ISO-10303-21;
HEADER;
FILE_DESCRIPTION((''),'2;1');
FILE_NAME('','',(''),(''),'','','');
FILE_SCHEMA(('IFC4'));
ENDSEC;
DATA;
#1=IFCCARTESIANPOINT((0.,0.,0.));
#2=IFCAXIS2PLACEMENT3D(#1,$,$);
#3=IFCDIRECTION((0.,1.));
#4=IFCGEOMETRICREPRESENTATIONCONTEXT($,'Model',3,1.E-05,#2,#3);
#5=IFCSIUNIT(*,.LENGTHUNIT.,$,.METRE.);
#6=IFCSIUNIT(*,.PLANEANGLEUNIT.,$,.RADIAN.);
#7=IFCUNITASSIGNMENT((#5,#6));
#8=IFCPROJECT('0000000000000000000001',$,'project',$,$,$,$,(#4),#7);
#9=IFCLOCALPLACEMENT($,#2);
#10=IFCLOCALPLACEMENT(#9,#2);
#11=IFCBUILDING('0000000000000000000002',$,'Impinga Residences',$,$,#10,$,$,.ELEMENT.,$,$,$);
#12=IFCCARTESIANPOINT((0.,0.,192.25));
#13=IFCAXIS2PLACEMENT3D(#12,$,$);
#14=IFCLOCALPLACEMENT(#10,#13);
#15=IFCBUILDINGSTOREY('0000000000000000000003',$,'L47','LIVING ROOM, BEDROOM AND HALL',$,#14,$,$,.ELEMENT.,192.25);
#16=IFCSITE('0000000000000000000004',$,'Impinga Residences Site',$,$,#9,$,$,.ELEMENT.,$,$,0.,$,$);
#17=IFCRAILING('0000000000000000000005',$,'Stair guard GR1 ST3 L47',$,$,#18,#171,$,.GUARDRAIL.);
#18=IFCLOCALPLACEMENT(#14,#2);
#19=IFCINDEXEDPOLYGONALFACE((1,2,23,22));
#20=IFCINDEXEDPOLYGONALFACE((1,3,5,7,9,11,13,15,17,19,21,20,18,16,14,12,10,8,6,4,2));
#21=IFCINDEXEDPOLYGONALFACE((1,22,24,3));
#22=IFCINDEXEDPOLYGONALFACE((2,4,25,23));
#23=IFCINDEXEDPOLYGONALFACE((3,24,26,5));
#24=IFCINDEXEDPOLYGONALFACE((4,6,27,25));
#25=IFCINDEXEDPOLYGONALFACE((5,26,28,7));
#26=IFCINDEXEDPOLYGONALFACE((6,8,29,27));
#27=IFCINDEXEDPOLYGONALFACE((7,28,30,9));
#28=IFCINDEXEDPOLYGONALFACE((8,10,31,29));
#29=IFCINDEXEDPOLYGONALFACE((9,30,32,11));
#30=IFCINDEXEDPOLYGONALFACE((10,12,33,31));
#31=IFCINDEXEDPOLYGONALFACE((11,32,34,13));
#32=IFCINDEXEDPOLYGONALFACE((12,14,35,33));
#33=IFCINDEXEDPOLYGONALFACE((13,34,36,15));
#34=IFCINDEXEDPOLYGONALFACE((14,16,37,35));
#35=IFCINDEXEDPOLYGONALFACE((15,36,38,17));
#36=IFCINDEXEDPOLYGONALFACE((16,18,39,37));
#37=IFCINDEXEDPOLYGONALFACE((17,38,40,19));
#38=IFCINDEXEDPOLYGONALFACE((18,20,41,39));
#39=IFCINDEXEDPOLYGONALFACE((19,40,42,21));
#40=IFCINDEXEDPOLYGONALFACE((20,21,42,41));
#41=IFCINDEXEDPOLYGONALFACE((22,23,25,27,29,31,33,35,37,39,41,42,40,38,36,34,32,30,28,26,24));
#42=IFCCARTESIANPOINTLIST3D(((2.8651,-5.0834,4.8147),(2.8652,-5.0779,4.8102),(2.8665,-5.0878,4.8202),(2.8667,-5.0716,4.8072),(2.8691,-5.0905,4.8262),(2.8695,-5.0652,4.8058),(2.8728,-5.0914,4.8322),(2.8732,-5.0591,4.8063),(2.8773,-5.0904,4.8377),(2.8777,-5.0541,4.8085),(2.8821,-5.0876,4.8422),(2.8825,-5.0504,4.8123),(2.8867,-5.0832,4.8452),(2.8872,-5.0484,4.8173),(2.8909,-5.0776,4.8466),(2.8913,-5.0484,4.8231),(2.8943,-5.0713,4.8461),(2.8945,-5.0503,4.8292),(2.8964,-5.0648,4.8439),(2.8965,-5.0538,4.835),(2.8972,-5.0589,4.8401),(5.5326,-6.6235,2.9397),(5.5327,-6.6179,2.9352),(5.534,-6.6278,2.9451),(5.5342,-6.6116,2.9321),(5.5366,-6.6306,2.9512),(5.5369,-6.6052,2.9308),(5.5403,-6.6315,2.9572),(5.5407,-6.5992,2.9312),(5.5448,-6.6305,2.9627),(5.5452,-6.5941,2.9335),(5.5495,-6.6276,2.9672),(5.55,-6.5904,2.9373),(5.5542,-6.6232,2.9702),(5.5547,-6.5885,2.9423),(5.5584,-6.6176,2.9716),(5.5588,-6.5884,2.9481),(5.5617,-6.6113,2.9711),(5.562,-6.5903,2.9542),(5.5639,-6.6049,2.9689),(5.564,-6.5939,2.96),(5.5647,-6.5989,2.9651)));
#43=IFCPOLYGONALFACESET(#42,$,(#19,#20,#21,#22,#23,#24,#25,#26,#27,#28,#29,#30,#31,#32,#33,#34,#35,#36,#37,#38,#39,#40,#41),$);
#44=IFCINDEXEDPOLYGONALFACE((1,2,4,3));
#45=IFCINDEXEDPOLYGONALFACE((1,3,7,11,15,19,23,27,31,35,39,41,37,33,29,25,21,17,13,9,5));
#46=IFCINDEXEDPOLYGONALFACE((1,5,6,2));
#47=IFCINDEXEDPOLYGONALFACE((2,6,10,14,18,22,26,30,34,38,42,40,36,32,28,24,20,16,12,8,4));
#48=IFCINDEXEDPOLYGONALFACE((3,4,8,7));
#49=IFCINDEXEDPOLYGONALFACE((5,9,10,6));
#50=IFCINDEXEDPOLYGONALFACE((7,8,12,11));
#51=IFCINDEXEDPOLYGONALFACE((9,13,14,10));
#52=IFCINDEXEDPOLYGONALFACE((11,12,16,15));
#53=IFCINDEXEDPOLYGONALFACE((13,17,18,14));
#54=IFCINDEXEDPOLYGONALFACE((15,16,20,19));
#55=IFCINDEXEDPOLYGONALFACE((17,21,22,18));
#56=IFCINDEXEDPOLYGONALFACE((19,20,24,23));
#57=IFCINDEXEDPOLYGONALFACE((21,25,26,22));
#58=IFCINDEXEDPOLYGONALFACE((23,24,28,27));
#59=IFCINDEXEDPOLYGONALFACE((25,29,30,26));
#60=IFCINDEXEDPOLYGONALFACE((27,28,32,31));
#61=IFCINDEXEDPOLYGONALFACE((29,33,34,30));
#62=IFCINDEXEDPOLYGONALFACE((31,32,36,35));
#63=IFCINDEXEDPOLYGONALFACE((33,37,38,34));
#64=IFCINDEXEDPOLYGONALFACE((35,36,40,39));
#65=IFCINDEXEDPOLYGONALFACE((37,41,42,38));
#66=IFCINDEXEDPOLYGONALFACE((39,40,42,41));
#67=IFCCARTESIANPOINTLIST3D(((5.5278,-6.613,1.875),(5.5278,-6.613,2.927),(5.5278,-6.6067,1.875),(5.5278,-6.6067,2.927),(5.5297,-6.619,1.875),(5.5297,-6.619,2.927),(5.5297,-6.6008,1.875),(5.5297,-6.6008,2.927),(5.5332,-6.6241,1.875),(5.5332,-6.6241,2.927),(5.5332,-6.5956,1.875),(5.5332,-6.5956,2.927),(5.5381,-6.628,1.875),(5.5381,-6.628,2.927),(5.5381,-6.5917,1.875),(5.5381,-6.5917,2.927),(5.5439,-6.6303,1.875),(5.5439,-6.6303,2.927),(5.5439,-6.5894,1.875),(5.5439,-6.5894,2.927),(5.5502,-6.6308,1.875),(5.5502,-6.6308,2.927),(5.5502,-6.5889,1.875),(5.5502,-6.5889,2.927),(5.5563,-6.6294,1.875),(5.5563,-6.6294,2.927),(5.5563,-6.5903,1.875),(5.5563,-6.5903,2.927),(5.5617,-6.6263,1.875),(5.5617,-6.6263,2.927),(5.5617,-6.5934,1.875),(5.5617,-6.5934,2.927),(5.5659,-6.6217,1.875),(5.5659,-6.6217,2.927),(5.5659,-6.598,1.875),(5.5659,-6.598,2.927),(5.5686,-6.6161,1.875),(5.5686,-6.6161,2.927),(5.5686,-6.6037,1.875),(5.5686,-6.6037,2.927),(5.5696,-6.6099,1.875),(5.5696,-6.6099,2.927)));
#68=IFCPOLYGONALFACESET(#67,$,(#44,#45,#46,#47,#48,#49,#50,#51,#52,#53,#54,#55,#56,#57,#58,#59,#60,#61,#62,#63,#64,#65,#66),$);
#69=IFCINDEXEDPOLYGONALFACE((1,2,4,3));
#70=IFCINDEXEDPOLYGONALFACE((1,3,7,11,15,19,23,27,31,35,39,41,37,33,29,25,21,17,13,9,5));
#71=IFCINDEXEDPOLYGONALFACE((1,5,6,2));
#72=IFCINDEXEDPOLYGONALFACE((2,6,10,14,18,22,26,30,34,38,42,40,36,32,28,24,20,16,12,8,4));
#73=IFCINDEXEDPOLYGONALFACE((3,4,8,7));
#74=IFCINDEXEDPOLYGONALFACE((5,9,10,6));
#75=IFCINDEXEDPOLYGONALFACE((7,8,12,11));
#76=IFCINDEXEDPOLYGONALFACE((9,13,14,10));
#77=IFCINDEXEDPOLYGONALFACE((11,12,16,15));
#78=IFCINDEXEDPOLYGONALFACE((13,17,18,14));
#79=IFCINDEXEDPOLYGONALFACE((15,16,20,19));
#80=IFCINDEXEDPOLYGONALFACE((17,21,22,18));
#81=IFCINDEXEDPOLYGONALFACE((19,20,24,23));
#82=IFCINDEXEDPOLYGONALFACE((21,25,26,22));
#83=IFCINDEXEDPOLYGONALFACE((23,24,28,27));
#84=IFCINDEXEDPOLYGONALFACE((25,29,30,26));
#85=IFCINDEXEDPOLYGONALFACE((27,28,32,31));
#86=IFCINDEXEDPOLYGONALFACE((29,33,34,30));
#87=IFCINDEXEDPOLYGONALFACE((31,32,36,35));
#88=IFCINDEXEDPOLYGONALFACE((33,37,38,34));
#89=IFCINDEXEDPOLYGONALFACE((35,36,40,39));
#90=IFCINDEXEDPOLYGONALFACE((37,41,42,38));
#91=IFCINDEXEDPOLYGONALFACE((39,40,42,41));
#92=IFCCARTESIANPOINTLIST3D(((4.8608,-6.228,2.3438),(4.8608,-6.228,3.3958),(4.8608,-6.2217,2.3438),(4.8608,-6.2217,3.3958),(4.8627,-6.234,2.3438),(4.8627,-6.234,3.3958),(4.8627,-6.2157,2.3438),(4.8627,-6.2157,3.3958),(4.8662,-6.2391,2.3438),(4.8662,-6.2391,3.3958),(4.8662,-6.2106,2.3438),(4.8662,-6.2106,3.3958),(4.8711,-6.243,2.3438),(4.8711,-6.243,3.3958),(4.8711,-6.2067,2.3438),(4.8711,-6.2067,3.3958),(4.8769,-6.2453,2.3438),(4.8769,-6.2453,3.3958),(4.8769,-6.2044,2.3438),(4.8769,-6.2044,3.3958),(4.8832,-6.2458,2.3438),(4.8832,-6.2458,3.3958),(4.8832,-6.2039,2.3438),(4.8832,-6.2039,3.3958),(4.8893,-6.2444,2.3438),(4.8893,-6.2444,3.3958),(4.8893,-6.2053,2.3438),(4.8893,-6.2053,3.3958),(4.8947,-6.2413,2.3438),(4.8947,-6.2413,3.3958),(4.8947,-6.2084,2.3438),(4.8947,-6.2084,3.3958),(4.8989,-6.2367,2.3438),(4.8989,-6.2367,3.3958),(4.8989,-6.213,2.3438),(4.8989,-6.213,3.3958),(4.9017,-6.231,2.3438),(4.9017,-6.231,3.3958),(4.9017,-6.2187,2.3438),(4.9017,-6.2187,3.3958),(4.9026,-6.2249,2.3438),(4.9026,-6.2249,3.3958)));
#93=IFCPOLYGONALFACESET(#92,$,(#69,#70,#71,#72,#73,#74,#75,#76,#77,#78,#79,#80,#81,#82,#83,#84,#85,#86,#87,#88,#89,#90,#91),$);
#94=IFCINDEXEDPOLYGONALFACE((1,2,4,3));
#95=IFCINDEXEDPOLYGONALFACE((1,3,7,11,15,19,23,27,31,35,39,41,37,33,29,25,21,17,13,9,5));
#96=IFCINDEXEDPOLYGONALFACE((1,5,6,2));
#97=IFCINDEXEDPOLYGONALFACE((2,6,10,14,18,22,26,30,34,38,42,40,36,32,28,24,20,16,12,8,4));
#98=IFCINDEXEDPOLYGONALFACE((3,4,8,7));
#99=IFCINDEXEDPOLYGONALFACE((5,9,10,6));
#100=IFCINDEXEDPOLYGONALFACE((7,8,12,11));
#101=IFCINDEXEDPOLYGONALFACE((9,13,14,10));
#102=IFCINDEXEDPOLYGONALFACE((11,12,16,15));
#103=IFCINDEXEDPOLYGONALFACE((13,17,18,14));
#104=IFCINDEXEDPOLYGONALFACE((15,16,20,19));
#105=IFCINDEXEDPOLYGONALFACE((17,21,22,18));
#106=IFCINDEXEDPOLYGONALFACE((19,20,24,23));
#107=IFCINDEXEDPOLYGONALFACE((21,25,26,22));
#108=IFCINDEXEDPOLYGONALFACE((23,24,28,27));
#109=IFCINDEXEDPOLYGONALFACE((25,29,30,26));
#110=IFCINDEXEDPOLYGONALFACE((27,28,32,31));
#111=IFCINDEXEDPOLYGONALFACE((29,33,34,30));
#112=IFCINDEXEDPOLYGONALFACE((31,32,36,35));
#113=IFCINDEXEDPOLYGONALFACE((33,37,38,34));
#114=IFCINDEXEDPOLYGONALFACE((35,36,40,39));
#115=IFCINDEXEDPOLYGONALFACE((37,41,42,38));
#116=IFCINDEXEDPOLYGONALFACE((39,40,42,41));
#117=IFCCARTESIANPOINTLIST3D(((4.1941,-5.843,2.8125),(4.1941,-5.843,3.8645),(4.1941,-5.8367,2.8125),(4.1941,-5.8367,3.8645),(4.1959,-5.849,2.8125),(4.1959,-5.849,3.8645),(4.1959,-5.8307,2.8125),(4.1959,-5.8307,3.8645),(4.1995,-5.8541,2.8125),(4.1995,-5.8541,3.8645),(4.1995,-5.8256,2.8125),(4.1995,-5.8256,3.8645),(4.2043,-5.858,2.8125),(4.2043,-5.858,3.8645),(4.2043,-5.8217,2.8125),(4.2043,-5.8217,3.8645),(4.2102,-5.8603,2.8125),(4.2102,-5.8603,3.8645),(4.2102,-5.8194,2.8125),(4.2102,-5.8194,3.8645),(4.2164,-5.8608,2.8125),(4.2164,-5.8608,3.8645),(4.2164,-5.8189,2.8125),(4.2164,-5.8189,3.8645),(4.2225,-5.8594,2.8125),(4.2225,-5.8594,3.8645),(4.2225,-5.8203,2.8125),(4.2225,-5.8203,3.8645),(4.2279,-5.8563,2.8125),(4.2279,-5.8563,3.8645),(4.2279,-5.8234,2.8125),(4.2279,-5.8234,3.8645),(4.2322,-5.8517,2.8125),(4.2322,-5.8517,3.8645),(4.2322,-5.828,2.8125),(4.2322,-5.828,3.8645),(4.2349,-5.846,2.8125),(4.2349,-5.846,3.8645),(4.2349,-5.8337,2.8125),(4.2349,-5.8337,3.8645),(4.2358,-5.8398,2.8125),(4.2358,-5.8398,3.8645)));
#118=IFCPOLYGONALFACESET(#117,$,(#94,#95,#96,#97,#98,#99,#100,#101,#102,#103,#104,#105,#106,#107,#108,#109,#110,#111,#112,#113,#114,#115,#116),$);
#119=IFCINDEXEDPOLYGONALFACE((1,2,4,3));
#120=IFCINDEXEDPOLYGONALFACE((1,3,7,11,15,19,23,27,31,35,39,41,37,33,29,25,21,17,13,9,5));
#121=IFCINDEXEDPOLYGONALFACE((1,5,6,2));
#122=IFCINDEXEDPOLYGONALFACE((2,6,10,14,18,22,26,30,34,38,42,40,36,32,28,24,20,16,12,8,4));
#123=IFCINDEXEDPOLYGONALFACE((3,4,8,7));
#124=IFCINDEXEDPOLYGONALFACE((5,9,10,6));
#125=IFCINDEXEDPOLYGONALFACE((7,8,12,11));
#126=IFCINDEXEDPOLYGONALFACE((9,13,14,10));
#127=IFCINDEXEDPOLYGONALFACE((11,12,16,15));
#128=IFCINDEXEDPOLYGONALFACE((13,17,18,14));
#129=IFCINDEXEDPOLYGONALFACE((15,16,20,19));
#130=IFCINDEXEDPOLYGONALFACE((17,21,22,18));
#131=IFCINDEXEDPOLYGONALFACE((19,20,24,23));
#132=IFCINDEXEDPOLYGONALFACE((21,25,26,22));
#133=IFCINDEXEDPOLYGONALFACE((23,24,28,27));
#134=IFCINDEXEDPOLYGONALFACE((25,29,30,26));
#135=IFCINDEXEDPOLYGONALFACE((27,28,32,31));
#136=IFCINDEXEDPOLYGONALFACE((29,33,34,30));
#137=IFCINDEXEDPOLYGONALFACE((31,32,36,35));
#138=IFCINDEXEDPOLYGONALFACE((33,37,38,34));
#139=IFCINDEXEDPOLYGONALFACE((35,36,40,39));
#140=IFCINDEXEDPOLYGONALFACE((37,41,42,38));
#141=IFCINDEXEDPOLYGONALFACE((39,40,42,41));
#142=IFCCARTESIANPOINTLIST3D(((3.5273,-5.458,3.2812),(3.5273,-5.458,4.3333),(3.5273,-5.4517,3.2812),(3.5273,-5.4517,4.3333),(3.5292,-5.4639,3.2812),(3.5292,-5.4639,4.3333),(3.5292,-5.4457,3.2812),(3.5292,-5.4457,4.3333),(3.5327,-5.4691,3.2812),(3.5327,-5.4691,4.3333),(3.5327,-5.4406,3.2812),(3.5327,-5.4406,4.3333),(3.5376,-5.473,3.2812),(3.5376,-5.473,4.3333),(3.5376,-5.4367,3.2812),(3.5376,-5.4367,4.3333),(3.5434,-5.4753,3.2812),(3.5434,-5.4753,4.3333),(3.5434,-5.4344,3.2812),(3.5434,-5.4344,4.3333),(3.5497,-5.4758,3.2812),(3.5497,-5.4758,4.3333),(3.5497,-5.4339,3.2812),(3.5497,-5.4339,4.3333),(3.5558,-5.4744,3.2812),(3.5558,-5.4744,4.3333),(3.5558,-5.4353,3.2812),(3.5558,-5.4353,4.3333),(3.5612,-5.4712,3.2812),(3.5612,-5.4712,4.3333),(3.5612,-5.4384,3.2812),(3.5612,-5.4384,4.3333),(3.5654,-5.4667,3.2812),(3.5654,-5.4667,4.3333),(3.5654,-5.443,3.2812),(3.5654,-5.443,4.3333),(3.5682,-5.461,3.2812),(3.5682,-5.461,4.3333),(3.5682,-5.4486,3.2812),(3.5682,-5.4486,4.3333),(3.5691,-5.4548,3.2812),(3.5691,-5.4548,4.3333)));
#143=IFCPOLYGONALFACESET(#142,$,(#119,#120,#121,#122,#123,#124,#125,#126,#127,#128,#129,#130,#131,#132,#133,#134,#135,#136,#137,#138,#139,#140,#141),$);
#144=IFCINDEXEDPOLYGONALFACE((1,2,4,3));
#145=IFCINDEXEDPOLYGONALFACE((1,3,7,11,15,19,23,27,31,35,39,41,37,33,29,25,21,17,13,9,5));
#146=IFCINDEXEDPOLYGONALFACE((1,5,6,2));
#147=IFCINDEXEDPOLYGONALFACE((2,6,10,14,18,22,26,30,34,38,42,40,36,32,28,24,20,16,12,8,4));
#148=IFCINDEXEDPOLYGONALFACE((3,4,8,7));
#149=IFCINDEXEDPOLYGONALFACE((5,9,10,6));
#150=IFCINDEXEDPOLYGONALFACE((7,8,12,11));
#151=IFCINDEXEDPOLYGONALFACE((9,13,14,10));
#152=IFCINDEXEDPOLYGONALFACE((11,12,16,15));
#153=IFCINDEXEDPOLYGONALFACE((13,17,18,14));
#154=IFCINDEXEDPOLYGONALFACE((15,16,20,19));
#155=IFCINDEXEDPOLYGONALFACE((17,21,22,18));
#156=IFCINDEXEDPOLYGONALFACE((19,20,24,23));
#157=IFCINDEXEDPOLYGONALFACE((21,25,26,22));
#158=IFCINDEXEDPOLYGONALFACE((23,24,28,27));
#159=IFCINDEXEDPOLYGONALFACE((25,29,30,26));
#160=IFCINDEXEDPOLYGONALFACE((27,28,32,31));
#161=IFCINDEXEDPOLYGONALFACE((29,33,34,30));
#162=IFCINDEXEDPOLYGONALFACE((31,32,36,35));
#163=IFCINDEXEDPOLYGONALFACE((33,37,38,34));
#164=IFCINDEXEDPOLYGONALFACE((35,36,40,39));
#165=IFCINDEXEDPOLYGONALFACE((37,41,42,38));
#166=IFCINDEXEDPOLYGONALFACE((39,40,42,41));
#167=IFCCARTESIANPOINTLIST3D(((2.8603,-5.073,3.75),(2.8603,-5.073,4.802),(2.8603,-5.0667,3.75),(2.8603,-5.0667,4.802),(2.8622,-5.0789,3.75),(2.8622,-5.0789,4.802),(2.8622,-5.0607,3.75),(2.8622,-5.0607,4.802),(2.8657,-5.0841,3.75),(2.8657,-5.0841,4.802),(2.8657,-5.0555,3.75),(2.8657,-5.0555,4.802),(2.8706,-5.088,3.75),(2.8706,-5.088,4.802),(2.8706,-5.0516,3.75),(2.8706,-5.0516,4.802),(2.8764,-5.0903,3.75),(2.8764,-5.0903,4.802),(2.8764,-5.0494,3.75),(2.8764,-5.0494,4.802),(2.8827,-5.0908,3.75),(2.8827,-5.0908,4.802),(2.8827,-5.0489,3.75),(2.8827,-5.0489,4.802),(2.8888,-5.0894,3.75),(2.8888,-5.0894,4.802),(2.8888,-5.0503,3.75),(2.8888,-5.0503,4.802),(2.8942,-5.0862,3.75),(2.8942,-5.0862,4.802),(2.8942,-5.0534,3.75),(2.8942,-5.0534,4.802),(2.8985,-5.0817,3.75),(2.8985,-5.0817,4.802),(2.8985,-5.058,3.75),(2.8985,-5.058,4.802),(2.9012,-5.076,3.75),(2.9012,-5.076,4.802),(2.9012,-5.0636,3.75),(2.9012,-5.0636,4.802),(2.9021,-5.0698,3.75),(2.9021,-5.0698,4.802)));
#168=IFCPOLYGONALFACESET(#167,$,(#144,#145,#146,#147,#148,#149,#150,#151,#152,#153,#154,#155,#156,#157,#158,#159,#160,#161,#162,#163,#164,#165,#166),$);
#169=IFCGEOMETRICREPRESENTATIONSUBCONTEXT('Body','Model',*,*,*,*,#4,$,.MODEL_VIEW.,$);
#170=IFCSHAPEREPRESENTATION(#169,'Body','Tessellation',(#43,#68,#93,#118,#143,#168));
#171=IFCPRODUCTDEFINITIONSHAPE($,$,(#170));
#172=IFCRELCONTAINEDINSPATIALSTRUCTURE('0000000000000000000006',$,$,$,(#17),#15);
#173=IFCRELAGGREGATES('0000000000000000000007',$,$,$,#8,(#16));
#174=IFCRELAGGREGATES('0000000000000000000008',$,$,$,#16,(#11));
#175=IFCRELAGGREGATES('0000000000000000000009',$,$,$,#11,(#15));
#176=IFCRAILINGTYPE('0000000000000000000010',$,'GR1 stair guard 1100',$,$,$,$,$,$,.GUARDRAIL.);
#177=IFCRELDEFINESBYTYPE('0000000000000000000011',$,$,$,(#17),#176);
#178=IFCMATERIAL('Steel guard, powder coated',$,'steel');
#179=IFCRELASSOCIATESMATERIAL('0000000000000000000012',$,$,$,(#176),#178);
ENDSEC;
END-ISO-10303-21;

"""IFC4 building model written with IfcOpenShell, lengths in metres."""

from ifc_helpers import new_model, si_unit, direction, frame, origin, origin_2d, place, context, subcontext, project, spatial, circle, extrude, material, type_object, element, save


model = new_model("IFC4")

# Units and contexts
model_context = context("Model", 3, precision=1e-05, world=origin(), true_north=direction((0.0, 1.0)))
body_context = subcontext(model_context, "Body", "Model", "MODEL_VIEW")
ifc_project = project(units=[si_unit("LENGTHUNIT", "METRE"), si_unit("PLANEANGLEUNIT", "RADIAN")], contexts=[model_context])

# Site, building, storey
site_placement = place(None, origin())
site = spatial("IfcSite", under=ifc_project, at=site_placement, Name="Impinga Residences Site", CompositionType="ELEMENT", RefElevation=0.0)
building_placement = place(site_placement, origin())
building = spatial("IfcBuilding", under=site, at=building_placement, Name="Impinga Residences", CompositionType="ELEMENT")
storey_placement = place(building_placement, frame((0.0, 0.0, 192.25)))
storey = spatial("IfcBuildingStorey", under=building, at=storey_placement, Name="L47", Description="LIVING ROOM, BEDROOM AND HALL", CompositionType="ELEMENT", Elevation=192.25)

# Railing
ifc_material_1 = material(Name="Steel guard, powder coated", Category="steel")
railing_type_1 = type_object("IfcRailingType", Name="GR1 stair guard 1100", PredefinedType="GUARDRAIL", material=ifc_material_1)
railing_1_placement = place(storey_placement, frame((5.5486, -6.6099, 1.875)))
element("IfcRailing", 1, at=railing_1_placement, inside=storey, type_object=railing_type_1, Name="Stair guard GR1 ST3 L47", PredefinedType="GUARDRAIL", context=body_context, shape_type="SweptSolid", body=[
    extrude(circle(Radius=0.0239, at=origin_2d()), frame((0.0, 0.0, 1.0762), z_axis=(-0.739746, 0.427084, 0.519975), x_axis=(-0.499992, -0.86603, 0.0)), (0.0, 0.0, 1.0), 3.606),
    extrude(circle(Radius=0.021, at=origin_2d()), origin(), (0.0, 0.0, 1.0), 1.052),
    extrude(circle(Radius=0.021, at=origin_2d()), frame((-0.667, 0.385, 0.4688)), (0.0, 0.0, 1.0), 1.052),
    extrude(circle(Radius=0.021, at=origin_2d()), frame((-1.3337, 0.77, 0.9375)), (0.0, 0.0, 1.0), 1.052),
    extrude(circle(Radius=0.021, at=origin_2d()), frame((-2.0005, 1.155, 1.4062)), (0.0, 0.0, 1.0), 1.052),
    extrude(circle(Radius=0.021, at=origin_2d()), frame((-2.6675, 1.54, 1.875)), (0.0, 0.0, 1.0), 1.052),
])

save(model, "model.ifc")
